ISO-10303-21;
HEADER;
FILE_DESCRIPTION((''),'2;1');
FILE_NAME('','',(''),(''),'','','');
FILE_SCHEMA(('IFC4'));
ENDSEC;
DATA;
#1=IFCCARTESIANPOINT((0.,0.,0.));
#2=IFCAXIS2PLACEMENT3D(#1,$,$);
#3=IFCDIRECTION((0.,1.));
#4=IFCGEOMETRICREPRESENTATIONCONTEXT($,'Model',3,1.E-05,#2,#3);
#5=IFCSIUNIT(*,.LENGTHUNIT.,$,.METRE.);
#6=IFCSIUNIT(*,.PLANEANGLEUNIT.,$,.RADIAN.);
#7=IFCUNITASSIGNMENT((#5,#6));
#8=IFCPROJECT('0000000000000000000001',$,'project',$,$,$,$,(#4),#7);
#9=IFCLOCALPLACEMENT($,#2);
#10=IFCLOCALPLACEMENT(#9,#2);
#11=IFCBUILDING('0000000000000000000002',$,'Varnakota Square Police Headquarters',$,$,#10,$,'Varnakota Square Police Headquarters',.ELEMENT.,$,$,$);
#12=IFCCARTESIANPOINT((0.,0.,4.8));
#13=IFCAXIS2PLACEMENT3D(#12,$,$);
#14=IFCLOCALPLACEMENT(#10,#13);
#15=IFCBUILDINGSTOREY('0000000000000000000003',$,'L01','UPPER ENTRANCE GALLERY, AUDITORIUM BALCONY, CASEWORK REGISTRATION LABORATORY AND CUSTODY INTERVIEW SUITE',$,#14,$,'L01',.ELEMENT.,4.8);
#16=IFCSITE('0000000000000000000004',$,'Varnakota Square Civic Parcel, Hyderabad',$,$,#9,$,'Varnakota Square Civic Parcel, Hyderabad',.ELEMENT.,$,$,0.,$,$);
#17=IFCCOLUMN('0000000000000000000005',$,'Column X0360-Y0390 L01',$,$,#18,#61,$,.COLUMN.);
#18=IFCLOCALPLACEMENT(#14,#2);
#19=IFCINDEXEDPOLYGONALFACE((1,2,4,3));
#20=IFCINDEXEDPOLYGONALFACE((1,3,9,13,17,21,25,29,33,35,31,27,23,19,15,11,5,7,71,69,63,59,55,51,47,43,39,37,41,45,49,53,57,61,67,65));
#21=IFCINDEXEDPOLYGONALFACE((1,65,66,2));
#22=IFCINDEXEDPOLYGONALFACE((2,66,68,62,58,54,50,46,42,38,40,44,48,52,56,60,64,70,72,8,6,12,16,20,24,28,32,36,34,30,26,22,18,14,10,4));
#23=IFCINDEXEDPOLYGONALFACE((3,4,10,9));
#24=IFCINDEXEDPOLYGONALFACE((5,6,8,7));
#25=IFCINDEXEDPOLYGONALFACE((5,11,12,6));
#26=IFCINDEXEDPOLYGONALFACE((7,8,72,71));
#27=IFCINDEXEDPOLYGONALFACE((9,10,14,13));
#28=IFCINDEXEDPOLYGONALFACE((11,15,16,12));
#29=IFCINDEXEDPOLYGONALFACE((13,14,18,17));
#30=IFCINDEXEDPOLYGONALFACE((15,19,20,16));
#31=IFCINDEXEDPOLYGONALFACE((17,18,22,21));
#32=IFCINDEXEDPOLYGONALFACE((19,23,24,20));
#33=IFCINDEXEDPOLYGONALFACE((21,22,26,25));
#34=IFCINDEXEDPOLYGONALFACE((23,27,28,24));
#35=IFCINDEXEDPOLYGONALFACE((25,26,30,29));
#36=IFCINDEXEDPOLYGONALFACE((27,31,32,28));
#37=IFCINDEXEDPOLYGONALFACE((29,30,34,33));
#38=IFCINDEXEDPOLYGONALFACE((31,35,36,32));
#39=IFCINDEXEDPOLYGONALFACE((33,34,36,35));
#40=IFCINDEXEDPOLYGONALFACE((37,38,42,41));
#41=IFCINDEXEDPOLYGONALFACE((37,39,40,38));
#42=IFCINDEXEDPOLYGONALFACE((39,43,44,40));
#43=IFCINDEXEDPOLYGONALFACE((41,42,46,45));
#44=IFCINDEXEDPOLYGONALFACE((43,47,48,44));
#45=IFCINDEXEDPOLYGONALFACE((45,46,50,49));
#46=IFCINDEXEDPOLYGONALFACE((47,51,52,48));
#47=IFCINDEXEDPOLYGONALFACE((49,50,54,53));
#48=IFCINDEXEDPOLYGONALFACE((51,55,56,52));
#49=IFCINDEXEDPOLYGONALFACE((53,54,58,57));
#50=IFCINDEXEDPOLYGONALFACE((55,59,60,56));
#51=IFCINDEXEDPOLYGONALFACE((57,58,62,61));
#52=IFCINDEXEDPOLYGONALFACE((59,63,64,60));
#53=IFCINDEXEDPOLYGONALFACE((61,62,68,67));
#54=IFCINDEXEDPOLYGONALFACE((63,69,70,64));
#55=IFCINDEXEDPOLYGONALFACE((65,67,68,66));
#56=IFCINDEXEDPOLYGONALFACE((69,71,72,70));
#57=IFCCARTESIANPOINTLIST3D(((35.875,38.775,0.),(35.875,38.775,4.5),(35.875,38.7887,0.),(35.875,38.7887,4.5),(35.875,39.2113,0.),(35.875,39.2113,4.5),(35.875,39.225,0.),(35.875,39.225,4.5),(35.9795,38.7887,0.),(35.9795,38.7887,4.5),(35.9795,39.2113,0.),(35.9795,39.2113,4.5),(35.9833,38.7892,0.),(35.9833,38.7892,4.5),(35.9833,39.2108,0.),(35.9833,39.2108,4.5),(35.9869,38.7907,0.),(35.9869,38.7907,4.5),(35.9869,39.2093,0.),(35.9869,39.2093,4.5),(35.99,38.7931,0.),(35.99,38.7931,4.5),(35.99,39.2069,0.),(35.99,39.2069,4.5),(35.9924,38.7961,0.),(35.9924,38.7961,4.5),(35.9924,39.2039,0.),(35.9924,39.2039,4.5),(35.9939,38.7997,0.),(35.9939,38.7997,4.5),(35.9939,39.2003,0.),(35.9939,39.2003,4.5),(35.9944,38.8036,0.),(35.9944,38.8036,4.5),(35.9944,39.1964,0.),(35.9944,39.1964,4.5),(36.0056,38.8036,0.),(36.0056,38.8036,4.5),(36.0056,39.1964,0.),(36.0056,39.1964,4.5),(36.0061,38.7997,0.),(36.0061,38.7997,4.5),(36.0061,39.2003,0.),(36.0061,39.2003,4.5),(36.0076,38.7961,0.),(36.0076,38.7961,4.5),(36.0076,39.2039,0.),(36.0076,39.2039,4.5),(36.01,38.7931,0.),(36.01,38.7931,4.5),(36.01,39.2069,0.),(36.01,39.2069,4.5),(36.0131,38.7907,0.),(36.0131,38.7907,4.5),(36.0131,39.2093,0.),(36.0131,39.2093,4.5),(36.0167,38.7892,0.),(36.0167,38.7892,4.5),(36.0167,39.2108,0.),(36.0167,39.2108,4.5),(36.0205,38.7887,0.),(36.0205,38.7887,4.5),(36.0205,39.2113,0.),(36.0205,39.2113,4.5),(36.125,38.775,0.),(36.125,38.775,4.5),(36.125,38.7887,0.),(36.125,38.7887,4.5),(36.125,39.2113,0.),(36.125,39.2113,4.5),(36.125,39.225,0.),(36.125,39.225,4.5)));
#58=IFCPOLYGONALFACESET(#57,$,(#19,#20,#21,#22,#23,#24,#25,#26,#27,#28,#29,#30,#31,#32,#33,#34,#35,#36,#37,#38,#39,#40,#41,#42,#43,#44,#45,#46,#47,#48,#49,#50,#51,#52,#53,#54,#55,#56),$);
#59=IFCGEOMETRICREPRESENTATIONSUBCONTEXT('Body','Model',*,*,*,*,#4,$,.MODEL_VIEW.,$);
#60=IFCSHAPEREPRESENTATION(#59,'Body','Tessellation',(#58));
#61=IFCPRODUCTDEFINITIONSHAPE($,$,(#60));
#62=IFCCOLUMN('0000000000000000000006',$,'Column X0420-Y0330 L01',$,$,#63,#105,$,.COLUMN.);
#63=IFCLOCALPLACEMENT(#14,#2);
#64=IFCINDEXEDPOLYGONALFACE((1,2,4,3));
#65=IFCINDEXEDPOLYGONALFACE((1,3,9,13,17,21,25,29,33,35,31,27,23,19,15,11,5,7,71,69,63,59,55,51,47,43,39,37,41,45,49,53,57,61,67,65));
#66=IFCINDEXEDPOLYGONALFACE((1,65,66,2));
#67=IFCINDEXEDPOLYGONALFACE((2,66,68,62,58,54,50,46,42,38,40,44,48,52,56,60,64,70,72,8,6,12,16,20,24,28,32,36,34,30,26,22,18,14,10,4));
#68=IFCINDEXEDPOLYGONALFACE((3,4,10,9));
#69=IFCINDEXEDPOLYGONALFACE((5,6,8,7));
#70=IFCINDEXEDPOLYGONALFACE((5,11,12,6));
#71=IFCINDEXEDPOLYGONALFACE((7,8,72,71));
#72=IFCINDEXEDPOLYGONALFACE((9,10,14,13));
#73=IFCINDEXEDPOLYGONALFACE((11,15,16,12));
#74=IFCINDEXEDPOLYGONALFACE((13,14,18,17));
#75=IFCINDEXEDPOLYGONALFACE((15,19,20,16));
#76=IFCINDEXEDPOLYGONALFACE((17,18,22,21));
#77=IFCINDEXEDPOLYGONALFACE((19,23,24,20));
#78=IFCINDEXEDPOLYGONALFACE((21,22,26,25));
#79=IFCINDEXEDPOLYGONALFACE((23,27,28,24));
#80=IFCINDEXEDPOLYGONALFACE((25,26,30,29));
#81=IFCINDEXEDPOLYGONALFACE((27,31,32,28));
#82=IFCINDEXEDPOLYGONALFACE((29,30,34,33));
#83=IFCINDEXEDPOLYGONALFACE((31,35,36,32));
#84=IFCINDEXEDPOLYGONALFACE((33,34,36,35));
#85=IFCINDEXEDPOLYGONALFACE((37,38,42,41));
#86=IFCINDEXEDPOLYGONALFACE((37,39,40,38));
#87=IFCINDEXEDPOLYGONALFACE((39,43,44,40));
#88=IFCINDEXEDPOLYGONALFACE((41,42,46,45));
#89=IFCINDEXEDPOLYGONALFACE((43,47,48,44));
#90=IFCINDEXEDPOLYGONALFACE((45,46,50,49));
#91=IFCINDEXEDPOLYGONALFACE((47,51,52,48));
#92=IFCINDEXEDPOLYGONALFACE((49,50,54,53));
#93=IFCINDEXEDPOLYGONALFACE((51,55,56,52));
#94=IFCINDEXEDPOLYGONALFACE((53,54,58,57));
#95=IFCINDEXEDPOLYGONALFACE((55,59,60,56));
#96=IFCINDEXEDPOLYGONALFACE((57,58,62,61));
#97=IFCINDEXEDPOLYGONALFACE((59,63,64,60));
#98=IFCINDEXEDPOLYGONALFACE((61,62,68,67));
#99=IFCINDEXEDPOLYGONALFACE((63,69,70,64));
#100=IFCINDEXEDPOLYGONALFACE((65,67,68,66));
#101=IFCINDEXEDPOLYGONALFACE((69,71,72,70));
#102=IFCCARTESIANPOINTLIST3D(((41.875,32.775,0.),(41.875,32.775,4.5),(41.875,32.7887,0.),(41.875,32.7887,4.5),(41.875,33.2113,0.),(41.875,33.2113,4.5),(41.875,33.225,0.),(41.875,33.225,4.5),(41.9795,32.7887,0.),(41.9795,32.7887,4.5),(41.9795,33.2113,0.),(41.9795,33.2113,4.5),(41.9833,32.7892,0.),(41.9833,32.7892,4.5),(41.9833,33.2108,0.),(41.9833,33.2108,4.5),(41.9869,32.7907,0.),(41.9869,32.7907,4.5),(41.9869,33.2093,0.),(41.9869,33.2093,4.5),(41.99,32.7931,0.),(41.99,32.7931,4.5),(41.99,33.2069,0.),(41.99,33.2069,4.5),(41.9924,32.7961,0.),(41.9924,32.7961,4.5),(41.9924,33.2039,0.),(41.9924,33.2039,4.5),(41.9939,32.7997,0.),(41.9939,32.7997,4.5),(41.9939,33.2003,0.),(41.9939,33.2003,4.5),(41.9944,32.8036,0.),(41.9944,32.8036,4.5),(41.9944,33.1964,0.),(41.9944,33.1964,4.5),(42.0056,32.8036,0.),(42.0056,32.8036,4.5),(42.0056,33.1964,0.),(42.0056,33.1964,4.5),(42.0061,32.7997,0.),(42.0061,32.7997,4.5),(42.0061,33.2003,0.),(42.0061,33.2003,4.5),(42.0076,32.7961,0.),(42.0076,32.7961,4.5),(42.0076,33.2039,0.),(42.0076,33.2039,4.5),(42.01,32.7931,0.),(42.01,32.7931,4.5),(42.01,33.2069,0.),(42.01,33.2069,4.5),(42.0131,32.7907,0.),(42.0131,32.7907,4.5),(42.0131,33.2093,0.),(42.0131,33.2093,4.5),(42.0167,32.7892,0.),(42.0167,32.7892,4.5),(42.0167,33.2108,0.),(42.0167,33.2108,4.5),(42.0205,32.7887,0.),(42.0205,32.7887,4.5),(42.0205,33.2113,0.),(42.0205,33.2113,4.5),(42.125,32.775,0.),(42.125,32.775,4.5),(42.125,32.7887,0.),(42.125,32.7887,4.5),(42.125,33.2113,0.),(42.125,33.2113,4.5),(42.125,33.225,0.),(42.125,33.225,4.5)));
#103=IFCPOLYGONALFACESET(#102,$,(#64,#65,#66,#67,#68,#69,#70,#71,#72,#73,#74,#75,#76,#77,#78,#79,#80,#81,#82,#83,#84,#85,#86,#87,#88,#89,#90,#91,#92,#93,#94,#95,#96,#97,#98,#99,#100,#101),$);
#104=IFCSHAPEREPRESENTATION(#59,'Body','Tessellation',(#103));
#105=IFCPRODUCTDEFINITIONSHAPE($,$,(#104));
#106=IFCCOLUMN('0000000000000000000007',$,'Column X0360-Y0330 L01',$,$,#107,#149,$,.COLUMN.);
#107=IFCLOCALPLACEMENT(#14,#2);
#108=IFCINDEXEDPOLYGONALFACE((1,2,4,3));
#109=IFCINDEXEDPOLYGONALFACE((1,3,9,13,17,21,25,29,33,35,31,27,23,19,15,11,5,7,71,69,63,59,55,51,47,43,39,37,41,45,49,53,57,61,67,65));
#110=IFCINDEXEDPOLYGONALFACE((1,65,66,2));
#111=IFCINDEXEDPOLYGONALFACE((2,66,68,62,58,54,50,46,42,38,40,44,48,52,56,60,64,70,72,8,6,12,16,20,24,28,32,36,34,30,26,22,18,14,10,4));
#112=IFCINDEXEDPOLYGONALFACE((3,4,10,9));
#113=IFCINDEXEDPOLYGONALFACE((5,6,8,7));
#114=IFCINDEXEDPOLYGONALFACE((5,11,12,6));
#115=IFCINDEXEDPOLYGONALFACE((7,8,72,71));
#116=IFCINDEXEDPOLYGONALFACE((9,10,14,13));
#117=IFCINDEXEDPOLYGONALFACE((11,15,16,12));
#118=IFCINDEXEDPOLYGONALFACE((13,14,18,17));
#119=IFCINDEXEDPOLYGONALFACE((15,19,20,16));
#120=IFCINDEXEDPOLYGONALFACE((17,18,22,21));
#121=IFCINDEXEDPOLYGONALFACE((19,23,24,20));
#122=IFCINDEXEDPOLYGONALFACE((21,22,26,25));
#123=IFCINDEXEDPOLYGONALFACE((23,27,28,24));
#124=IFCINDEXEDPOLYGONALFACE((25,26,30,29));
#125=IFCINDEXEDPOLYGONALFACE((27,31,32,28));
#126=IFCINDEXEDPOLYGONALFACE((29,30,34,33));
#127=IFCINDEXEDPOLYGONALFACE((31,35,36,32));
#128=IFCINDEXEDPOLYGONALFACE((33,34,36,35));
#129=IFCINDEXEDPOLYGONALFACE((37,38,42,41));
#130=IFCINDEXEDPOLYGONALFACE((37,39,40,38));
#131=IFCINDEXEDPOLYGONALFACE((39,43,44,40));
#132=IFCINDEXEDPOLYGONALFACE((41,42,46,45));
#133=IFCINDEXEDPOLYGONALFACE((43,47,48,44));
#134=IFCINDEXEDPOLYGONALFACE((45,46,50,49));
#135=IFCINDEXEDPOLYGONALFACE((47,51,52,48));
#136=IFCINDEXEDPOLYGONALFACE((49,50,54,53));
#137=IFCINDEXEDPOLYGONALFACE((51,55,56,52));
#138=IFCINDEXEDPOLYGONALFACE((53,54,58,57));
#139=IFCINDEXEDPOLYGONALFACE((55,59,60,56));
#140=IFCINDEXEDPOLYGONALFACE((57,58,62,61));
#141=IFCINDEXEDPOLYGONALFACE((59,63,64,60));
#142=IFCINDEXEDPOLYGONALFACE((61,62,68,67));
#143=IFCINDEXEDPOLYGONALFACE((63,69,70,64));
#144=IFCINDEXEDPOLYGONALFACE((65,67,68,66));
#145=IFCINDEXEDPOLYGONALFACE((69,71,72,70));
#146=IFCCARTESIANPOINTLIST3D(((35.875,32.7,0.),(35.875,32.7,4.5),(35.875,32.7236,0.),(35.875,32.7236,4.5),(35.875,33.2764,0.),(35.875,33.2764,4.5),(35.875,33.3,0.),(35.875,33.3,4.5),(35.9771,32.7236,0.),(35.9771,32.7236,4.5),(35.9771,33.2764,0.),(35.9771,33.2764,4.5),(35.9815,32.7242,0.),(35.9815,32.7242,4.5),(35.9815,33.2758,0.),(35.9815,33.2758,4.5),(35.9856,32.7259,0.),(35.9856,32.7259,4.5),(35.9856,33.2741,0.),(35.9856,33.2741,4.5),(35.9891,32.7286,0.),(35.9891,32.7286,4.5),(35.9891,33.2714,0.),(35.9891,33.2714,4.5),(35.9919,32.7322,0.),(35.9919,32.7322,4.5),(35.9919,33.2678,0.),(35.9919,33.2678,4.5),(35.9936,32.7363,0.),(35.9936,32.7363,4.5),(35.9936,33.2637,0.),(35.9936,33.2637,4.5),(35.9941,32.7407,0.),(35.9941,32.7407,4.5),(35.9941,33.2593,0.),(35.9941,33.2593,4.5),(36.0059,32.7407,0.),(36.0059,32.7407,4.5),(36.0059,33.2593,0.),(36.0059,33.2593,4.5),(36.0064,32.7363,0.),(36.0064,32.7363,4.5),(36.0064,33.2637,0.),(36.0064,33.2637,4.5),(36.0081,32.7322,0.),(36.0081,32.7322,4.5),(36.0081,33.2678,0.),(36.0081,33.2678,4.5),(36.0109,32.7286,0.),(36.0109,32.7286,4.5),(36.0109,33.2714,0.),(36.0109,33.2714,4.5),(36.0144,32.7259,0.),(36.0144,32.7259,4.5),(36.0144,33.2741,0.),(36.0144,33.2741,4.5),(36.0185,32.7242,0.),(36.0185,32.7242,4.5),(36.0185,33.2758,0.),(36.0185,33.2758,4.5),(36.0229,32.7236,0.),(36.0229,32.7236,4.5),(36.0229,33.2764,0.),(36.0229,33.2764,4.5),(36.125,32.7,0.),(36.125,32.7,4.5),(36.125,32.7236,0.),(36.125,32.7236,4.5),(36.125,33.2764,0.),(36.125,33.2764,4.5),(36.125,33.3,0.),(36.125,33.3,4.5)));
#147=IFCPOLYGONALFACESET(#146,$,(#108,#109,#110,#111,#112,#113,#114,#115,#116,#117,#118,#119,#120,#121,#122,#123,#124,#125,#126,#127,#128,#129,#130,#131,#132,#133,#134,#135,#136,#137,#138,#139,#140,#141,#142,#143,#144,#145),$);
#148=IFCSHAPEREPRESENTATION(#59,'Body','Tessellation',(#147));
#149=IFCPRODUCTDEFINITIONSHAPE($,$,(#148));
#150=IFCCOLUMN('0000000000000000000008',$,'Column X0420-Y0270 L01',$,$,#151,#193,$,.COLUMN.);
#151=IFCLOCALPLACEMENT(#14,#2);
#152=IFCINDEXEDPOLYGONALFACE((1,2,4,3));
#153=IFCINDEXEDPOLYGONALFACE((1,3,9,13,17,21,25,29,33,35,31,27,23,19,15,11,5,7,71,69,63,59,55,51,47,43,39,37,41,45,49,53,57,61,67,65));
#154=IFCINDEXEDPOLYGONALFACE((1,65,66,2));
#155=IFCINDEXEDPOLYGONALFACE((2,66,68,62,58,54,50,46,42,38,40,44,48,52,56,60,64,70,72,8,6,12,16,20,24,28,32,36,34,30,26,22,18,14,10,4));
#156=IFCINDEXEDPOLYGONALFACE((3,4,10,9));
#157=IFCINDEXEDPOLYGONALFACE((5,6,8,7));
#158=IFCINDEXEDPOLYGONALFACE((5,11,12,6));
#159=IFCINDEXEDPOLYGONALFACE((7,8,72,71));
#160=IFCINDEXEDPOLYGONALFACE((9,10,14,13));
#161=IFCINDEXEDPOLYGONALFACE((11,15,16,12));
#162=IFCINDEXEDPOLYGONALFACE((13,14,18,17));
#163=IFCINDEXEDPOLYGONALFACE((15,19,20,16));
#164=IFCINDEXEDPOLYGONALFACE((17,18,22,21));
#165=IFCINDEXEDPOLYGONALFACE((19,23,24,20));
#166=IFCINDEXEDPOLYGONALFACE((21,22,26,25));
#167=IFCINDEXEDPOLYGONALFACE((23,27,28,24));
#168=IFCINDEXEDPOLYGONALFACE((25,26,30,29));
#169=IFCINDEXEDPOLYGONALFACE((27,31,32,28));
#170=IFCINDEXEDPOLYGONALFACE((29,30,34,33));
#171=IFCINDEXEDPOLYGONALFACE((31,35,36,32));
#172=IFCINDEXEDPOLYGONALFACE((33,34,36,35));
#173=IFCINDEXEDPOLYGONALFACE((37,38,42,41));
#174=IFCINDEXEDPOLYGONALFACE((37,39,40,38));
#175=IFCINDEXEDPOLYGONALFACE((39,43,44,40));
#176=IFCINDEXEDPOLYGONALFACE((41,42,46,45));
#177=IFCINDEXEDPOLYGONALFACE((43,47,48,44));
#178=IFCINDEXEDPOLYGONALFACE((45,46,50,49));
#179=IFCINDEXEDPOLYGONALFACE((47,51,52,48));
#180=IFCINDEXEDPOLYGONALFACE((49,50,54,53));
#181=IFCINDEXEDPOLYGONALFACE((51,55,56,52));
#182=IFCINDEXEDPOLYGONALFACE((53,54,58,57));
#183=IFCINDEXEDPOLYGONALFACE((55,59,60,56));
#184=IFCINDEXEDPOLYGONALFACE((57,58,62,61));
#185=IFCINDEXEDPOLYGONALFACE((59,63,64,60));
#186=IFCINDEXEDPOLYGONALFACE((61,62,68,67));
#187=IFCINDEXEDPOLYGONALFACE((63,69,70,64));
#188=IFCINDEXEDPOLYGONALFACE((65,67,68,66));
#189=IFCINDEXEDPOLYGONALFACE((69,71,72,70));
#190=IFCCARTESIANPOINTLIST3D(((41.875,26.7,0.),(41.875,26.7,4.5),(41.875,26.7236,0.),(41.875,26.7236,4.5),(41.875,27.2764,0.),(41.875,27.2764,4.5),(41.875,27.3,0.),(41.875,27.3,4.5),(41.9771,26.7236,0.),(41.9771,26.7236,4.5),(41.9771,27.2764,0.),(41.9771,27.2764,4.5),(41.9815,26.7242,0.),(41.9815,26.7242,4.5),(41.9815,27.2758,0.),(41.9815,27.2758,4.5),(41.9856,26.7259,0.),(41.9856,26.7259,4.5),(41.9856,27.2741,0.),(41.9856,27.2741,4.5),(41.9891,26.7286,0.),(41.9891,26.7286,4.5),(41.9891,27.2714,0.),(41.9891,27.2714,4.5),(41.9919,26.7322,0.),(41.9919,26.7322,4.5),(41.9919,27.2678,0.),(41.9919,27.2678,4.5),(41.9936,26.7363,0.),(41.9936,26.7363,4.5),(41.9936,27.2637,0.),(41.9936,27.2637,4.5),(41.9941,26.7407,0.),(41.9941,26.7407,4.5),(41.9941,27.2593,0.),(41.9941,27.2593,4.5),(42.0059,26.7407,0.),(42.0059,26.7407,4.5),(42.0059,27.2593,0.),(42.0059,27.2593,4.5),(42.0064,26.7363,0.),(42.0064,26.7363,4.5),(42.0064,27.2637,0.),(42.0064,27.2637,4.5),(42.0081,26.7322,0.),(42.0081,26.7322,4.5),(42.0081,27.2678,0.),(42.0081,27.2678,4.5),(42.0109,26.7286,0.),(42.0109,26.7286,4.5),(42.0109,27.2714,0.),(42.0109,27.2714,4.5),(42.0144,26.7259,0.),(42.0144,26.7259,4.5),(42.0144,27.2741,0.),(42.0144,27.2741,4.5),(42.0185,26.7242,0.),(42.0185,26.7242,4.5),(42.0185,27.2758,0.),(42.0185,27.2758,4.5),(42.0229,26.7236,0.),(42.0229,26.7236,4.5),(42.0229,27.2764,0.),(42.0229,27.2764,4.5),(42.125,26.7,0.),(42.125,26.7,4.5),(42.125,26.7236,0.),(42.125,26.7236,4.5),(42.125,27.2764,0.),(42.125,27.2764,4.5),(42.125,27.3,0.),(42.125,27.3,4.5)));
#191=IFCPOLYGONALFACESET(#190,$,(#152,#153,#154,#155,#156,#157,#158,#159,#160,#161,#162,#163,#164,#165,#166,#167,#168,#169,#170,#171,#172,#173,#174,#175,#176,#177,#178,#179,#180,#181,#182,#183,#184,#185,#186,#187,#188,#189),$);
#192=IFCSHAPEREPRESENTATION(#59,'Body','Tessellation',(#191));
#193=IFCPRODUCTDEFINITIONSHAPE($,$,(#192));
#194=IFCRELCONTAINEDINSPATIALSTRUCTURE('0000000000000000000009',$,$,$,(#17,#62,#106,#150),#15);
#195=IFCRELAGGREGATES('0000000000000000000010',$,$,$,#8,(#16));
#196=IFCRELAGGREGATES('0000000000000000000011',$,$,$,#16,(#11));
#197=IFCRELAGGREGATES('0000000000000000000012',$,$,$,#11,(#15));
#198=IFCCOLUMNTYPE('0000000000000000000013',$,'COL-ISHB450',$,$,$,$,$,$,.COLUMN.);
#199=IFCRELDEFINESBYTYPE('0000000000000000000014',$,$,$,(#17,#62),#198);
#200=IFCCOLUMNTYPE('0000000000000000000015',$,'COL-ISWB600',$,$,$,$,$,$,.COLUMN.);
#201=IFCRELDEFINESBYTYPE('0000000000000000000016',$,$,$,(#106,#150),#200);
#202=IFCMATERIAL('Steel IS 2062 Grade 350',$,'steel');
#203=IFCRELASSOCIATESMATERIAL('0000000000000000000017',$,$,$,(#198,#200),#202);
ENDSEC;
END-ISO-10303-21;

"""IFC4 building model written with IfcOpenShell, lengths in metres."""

from ifc_helpers import new_model, si_unit, direction, frame, origin, origin_2d, place, context, subcontext, project, spatial, i_section, extrude, material, material_profile, profile_set, type_object, element, save


model = new_model("IFC4")

# Units and contexts
model_context = context("Model", 3, precision=1e-05, world=origin(), true_north=direction((0.0, 1.0)))
body_context = subcontext(model_context, "Body", "Model", "MODEL_VIEW")
ifc_project = project(units=[si_unit("LENGTHUNIT", "METRE"), si_unit("PLANEANGLEUNIT", "RADIAN")], contexts=[model_context])

# Site, building, storey
site_placement = place(None, origin())
site = spatial("IfcSite", under=ifc_project, at=site_placement, Name="Varnakota Square Civic Parcel, Hyderabad", LongName="Varnakota Square Civic Parcel, Hyderabad", CompositionType="ELEMENT", RefElevation=0.0)
building_placement = place(site_placement, origin())
building = spatial("IfcBuilding", under=site, at=building_placement, Name="Varnakota Square Police Headquarters", LongName="Varnakota Square Police Headquarters", CompositionType="ELEMENT")
storey_placement = place(building_placement, frame((0.0, 0.0, 4.8)))
storey = spatial("IfcBuildingStorey", under=building, at=storey_placement, Name="L01", Description="UPPER ENTRANCE GALLERY, AUDITORIUM BALCONY, CASEWORK REGISTRATION LABORATORY AND CUSTODY INTERVIEW SUITE", LongName="L01", CompositionType="ELEMENT", Elevation=4.8)

# Columns
ifc_material_1 = material(Name="Steel IS 2062 Grade 350", Category="steel")
ifc_material_profile_1 = material_profile(ifc_material_1, i_section(OverallWidth=0.25, OverallDepth=0.45, WebThickness=0.0112, FlangeThickness=0.0137, FilletRadius=0.0149, at=origin_2d()), Name="ISHB 450")
ifc_profile_set_1 = profile_set([ifc_material_profile_1], Name="Steel IS 2062 Grade 350")
column_type_1 = type_object("IfcColumnType", Name="COL-ISHB450", PredefinedType="COLUMN", material=ifc_profile_set_1)
for number, where, z_axis, x_axis, name in (
    (1, (36.0, 39.0, 0.0), (0.0, 0.0, 1.0), (1.0, 0.0, 0.0), "Column X0360-Y0390 L01"),
    (2, (42.0, 33.0, 0.0), (0.0, 0.0, 1.0), (1.0, 0.0, 0.0), "Column X0420-Y0330 L01"),
):
    element("IfcColumn", number, at=place(storey_placement, frame(where, z_axis=z_axis, x_axis=x_axis)), inside=storey, type_object=column_type_1, Name=name, PredefinedType="COLUMN", context=body_context, shape_type="SweptSolid", body=[
        extrude(i_section(OverallWidth=0.25, OverallDepth=0.45, WebThickness=0.0112, FlangeThickness=0.0137, FilletRadius=0.0149, at=origin_2d()), origin(), (0.0, 0.0, 1.0), 4.5),
    ])
ifc_material_profile_2 = material_profile(ifc_material_1, i_section(OverallWidth=0.25, OverallDepth=0.6001, WebThickness=0.0117, FlangeThickness=0.0237, FilletRadius=0.0171, at=origin_2d()), Name="ISWB 600")
ifc_profile_set_2 = profile_set([ifc_material_profile_2], Name="Steel IS 2062 Grade 350")
column_type_2 = type_object("IfcColumnType", Name="COL-ISWB600", PredefinedType="COLUMN", material=ifc_profile_set_2)
for number, where, z_axis, x_axis, name in (
    (3, (36.0, 33.0, 0.0), (0.0, 0.0, 1.0), (1.0, 0.0, 0.0), "Column X0360-Y0330 L01"),
    (4, (42.0, 27.0, 0.0), (0.0, 0.0, 1.0), (1.0, 0.0, 0.0), "Column X0420-Y0270 L01"),
):
    element("IfcColumn", number, at=place(storey_placement, frame(where, z_axis=z_axis, x_axis=x_axis)), inside=storey, type_object=column_type_2, Name=name, PredefinedType="COLUMN", context=body_context, shape_type="SweptSolid", body=[
        extrude(i_section(OverallWidth=0.25, OverallDepth=0.6001, WebThickness=0.0117, FlangeThickness=0.0237, FilletRadius=0.0171, at=origin_2d()), origin(), (0.0, 0.0, 1.0), 4.5),
    ])

save(model, "model.ifc")
